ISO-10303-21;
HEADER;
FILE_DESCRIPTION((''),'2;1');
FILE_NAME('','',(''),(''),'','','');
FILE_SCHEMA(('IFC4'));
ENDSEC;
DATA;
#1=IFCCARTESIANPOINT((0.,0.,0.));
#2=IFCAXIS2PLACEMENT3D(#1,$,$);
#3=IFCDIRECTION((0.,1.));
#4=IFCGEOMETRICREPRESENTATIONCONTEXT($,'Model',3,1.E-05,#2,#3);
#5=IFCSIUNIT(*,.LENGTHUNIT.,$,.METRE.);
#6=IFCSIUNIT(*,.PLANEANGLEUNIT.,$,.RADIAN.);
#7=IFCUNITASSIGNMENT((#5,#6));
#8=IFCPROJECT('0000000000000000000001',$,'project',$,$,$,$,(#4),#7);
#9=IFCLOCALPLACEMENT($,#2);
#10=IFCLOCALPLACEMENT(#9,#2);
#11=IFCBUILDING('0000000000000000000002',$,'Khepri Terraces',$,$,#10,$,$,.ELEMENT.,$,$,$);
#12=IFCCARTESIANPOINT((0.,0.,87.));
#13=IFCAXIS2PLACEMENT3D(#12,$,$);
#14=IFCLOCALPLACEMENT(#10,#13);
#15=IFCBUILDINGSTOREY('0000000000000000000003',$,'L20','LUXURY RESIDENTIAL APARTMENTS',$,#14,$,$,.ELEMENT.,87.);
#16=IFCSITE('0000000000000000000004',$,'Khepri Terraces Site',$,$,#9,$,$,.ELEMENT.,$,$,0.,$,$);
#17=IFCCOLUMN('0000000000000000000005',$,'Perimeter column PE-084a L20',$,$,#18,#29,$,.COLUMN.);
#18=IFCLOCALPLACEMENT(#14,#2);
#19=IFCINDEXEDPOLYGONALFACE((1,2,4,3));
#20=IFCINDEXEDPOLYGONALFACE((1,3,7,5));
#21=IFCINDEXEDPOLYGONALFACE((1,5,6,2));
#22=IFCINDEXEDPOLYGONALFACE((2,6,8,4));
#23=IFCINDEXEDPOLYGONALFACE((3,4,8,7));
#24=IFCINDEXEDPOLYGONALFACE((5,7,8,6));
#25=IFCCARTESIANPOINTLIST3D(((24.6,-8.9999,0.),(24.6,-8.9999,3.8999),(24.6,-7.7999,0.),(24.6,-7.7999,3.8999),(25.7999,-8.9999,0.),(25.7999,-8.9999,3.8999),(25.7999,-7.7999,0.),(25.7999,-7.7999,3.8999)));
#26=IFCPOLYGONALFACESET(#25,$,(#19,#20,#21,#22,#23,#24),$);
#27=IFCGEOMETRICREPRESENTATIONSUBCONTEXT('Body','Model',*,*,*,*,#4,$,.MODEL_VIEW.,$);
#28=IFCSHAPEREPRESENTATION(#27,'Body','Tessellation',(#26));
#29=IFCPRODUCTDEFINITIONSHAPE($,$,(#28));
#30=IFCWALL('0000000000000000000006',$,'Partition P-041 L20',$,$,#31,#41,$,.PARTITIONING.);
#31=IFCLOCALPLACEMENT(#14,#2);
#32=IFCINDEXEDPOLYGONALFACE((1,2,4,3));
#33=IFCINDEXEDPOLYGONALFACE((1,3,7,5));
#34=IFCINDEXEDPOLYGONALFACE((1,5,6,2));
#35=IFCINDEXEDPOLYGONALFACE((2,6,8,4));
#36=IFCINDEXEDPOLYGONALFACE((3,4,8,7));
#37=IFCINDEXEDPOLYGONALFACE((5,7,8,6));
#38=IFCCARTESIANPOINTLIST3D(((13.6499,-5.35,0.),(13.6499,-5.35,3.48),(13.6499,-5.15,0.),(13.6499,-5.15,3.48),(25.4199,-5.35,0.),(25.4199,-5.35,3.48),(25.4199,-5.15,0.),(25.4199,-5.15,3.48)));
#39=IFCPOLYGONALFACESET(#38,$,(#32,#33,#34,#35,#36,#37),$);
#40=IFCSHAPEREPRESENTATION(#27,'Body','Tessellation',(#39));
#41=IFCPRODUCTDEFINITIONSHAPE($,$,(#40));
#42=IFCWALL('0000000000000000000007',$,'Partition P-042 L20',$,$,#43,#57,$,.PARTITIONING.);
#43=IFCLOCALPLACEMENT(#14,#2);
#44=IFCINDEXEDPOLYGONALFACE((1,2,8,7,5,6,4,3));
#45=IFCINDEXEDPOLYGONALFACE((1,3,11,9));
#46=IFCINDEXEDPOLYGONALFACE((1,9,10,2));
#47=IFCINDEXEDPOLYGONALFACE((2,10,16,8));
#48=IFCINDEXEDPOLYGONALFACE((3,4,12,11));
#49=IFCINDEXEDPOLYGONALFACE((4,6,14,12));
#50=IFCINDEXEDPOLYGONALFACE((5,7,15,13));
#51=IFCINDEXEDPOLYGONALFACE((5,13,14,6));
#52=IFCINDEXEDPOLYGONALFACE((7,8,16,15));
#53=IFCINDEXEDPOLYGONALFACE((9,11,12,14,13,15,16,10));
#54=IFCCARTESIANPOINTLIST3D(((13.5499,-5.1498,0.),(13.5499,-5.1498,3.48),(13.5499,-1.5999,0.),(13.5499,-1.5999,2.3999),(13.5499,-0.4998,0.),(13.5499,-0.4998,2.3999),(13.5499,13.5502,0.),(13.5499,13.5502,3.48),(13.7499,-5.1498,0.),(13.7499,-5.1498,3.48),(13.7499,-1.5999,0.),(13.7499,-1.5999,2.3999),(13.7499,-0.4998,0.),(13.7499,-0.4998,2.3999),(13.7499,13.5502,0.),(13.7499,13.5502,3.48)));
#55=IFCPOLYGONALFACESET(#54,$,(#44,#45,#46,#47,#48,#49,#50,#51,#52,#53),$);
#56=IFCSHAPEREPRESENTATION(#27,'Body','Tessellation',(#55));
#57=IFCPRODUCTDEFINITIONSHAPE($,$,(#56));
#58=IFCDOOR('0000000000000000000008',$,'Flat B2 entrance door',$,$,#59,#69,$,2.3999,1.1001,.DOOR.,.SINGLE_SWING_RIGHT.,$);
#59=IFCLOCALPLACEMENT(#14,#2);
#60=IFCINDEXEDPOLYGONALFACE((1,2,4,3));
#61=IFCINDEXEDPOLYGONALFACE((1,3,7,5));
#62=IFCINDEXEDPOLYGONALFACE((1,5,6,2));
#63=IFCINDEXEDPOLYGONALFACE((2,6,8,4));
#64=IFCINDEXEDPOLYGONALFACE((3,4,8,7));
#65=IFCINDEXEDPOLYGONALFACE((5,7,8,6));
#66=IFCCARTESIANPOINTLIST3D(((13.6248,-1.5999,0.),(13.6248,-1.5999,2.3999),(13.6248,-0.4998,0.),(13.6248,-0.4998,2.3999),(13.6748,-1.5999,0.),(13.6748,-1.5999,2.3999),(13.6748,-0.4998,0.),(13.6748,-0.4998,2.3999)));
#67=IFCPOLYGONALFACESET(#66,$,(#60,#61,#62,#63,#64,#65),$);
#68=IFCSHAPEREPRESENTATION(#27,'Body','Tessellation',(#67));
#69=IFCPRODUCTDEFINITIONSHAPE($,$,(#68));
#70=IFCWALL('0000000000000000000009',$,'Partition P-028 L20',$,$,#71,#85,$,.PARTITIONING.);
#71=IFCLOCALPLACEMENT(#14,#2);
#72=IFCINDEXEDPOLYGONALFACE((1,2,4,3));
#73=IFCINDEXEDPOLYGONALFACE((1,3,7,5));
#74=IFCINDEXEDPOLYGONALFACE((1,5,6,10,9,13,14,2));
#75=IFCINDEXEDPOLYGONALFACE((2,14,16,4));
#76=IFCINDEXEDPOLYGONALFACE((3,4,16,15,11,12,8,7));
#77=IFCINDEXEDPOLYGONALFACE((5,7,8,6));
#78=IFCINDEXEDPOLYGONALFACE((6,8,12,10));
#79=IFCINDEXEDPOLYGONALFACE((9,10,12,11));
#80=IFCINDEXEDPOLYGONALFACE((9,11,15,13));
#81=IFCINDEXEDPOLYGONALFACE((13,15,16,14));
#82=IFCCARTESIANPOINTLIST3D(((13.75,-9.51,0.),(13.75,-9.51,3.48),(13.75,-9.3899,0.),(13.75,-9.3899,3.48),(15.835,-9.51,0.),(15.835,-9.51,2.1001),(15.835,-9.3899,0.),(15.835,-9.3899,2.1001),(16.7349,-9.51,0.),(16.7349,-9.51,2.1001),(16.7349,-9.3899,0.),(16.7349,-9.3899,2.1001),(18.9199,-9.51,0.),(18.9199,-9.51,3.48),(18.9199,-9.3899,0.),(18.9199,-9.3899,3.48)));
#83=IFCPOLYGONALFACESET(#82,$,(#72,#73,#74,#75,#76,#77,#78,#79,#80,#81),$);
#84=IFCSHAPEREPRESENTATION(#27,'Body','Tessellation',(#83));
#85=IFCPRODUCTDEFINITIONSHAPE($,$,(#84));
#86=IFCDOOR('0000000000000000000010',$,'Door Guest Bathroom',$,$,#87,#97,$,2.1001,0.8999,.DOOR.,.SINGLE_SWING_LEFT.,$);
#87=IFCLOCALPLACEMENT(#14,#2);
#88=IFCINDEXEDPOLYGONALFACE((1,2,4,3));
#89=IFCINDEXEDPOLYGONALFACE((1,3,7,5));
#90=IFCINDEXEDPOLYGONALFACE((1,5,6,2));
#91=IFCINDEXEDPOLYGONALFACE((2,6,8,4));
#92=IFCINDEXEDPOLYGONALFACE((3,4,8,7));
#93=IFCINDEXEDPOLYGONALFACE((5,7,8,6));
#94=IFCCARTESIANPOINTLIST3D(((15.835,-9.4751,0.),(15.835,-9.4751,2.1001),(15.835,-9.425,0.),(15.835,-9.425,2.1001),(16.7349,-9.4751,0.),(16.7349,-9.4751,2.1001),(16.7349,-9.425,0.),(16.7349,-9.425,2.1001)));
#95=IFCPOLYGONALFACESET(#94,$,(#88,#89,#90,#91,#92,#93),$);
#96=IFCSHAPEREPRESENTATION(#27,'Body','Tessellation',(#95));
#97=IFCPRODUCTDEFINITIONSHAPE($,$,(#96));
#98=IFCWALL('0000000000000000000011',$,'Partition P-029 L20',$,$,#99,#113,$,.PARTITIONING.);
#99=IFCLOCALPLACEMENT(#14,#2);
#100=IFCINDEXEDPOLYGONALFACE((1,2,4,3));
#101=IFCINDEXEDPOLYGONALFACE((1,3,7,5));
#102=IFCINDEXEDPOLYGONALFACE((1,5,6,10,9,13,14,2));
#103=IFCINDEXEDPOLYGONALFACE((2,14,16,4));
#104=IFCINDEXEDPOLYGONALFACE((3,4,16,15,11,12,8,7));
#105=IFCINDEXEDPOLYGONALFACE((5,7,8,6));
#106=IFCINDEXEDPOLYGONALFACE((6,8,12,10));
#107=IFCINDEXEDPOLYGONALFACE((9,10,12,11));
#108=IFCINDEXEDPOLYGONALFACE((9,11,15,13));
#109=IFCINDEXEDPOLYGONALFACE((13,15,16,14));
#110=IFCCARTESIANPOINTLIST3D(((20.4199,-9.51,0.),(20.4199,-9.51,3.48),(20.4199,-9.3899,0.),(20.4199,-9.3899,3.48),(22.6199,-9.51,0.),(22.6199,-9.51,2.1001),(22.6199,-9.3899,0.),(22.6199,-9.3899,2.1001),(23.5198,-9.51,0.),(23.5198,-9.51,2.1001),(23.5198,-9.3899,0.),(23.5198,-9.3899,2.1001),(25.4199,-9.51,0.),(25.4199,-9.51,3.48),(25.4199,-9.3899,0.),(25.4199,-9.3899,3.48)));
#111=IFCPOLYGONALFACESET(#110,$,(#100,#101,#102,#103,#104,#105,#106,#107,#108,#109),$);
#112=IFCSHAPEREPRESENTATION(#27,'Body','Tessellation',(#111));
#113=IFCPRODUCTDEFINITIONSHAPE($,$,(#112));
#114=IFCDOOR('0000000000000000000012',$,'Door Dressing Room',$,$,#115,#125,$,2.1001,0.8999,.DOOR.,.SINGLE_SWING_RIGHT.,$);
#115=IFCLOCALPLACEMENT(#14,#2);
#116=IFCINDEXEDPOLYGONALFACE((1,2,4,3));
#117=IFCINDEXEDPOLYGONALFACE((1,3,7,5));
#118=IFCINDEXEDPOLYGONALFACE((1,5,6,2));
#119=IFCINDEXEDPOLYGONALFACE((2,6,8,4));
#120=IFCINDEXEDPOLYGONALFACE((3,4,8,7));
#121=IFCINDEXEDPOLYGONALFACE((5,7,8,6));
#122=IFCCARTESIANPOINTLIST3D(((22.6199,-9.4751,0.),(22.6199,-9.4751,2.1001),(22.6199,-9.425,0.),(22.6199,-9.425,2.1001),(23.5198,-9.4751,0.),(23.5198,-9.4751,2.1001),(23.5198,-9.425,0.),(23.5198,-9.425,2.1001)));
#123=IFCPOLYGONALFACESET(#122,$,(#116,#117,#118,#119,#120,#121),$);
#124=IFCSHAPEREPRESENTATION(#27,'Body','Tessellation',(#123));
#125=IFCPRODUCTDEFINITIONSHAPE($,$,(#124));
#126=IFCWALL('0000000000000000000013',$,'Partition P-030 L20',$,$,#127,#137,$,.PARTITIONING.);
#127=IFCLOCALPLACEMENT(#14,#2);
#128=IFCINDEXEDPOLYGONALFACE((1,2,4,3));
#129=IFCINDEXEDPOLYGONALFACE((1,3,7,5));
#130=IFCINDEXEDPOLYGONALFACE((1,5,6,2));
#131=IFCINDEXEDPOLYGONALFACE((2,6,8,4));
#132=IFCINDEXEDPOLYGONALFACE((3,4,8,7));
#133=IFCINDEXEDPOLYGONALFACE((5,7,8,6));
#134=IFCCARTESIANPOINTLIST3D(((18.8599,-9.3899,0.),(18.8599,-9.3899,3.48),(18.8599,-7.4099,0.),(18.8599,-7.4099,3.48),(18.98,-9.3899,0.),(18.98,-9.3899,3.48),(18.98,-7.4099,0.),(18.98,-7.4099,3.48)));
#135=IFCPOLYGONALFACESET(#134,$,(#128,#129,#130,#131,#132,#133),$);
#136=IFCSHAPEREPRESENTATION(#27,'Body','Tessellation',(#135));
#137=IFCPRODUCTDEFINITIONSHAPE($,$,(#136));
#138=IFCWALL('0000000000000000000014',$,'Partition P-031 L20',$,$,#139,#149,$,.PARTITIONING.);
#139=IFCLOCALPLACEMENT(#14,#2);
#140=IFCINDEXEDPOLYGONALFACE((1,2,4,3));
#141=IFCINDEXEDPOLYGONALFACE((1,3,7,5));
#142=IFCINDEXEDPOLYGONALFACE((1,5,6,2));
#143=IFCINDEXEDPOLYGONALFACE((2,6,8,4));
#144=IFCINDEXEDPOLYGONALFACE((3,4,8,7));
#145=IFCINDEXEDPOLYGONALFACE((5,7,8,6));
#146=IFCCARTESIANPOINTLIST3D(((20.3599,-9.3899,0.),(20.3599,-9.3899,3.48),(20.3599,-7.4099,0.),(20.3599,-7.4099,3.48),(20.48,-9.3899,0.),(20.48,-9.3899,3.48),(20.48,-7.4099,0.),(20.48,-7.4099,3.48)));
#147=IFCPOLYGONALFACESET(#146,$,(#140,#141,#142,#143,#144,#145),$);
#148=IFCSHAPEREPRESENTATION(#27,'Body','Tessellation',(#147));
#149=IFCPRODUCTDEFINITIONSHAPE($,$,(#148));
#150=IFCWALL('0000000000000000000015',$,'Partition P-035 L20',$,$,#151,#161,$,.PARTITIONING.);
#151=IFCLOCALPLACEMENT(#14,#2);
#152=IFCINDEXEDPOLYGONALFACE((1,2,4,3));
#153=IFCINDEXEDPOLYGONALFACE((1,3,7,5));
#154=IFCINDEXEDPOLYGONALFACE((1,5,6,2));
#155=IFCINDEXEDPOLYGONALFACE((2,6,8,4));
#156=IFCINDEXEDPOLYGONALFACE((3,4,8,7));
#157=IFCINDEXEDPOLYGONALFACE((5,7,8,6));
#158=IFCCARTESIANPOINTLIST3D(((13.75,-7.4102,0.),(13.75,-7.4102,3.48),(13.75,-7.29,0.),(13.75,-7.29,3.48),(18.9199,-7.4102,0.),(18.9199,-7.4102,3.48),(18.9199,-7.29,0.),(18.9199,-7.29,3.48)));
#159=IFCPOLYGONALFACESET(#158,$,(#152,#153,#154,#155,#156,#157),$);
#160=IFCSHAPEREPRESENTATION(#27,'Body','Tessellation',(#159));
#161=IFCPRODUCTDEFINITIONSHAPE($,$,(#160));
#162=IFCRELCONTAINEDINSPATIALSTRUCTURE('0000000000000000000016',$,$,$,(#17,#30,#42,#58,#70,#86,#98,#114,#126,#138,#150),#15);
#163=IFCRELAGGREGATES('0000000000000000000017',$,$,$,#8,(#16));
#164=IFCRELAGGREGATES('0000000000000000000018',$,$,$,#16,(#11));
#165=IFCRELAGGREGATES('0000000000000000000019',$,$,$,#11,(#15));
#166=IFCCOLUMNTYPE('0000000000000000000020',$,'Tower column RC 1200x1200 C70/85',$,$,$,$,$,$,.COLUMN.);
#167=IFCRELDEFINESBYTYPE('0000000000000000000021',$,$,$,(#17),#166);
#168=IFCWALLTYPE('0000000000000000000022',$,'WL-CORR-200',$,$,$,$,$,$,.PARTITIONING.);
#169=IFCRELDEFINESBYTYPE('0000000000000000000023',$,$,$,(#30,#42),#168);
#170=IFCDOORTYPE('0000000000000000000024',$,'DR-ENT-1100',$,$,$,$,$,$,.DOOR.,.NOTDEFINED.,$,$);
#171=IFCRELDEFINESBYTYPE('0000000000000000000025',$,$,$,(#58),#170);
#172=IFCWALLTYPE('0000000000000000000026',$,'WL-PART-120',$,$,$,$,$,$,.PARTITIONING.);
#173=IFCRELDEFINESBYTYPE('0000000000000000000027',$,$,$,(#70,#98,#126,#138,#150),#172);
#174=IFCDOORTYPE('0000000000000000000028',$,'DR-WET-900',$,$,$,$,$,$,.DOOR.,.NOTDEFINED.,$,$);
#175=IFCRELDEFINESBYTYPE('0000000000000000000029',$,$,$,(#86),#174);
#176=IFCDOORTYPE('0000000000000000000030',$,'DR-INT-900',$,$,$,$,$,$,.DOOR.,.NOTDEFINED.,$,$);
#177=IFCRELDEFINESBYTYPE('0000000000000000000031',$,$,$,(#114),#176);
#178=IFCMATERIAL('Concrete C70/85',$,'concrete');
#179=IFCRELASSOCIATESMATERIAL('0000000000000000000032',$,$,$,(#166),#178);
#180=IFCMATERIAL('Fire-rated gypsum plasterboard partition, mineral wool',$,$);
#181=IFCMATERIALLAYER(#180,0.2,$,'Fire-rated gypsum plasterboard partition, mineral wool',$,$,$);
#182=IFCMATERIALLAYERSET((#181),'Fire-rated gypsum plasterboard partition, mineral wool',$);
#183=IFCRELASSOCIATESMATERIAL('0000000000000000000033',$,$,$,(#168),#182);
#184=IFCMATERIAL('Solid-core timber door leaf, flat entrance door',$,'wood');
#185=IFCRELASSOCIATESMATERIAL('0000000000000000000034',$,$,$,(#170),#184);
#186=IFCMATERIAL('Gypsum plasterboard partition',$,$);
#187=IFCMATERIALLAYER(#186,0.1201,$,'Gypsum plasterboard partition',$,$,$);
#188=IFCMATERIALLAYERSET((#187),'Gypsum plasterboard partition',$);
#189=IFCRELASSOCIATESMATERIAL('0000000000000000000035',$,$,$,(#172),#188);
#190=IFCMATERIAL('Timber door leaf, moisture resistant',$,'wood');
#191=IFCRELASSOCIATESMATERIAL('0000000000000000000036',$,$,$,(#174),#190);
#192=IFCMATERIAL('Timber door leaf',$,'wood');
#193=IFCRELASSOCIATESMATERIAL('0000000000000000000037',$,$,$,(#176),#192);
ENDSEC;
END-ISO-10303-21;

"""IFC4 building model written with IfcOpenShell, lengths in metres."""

from ifc_helpers import new_model, si_unit, direction, frame, frame_2d, origin, origin_2d, place, context, subcontext, project, spatial, rectangle, extrude, material, layer, layer_set, material_profile, profile_set, type_object, element, fill, save


model = new_model("IFC4")

# Units and contexts
model_context = context("Model", 3, precision=1e-05, world=origin(), true_north=direction((0.0, 1.0)))
body_context = subcontext(model_context, "Body", "Model", "MODEL_VIEW")
ifc_project = project(units=[si_unit("LENGTHUNIT", "METRE"), si_unit("PLANEANGLEUNIT", "RADIAN")], contexts=[model_context])

# Site, building, storey
site_placement = place(None, origin())
site = spatial("IfcSite", under=ifc_project, at=site_placement, Name="Khepri Terraces Site", CompositionType="ELEMENT", RefElevation=0.0)
building_placement = place(site_placement, origin())
building = spatial("IfcBuilding", under=site, at=building_placement, Name="Khepri Terraces", CompositionType="ELEMENT")
storey_placement = place(building_placement, frame((0.0, 0.0, 87.0)))
storey = spatial("IfcBuildingStorey", under=building, at=storey_placement, Name="L20", Description="LUXURY RESIDENTIAL APARTMENTS", CompositionType="ELEMENT", Elevation=87.0)

# Column
ifc_material_1 = material(Name="Concrete C70/85", Category="concrete")
ifc_material_profile = material_profile(ifc_material_1, rectangle(XDim=1.2, YDim=1.2, at=origin_2d()), Name="Concrete C70/85", Category="concrete")
ifc_profile_set = profile_set([ifc_material_profile], Name="Concrete C70/85")
column_type = type_object("IfcColumnType", Name="Tower column RC 1200x1200 C70/85", PredefinedType="COLUMN", material=ifc_profile_set)
column_placement = place(storey_placement, frame((25.2, -8.3999, 0.0), z_axis=(0.0, 0.0, 1.0), x_axis=(1.0, 0.0, 0.0)))
element("IfcColumn", 1, at=column_placement, inside=storey, type_object=column_type, Name="Perimeter column PE-084a L20", PredefinedType="COLUMN", context=body_context, shape_type="SweptSolid", body=[
    extrude(rectangle(XDim=1.2, YDim=1.2, at=origin_2d()), origin(), (0.0, 0.0, 1.0), 3.8999),
])

# Wall
ifc_material_2 = material(Name="Fire-rated gypsum plasterboard partition, mineral wool")
ifc_layer_1 = layer(ifc_material_2, 0.2, Name="Fire-rated gypsum plasterboard partition, mineral wool")
ifc_layer_set_1 = layer_set([ifc_layer_1], Name="Fire-rated gypsum plasterboard partition, mineral wool")
wall_type_1 = type_object("IfcWallType", Name="WL-CORR-200", PredefinedType="PARTITIONING", material=ifc_layer_set_1)
wall_1_placement = place(storey_placement, frame((13.6499, -5.25, 0.0), z_axis=(0.0, 0.0, 1.0), x_axis=(1.0, 0.0, 0.0)))
element("IfcWall", 2, at=wall_1_placement, inside=storey, type_object=wall_type_1, Name="Partition P-041 L20", PredefinedType="PARTITIONING", context=body_context, shape_type="SweptSolid", body=[
    extrude(rectangle(XDim=11.77, YDim=0.2, at=frame_2d((5.885, 0.0))), origin(), (0.0, 0.0, 1.0), 3.48),
])

# Wall, opening, door
wall_2_placement = place(storey_placement, frame((13.6499, -5.1499, 0.0), z_axis=(0.0, 0.0, 1.0), x_axis=(0.0, 1.0, 0.0)))
wall_2 = element("IfcWall", 3, at=wall_2_placement, inside=storey, type_object=wall_type_1, Name="Partition P-042 L20", PredefinedType="PARTITIONING", context=body_context, shape_type="SweptSolid", body=[
    extrude(rectangle(XDim=18.7, YDim=0.2, at=frame_2d((9.3501, 0.0))), origin(), (0.0, 0.0, 1.0), 3.48),
])
opening_1_placement = place(wall_2_placement, frame((3.55, 0.0, 0.0)))
opening_1 = element("IfcOpeningElement", 4, at=opening_1_placement, cuts=wall_2, PredefinedType="OPENING", context=body_context, shape_type="SweptSolid", body=[
    extrude(rectangle(XDim=1.1001, YDim=2.3999, at=frame_2d((0.55, 1.2))), frame((0.0, 0.1099, 0.0), z_axis=(0.0, -1.0, 0.0), x_axis=(1.0, 0.0, 0.0)), (0.0, 0.0, 1.0), 0.22),
])
ifc_material_3 = material(Name="Solid-core timber door leaf, flat entrance door", Category="wood")
door_type_1 = type_object("IfcDoorType", Name="DR-ENT-1100", OperationType="NOTDEFINED", PredefinedType="DOOR", material=ifc_material_3)
door_1_placement = place(opening_1_placement, frame((1.1001, 0.0, 0.0), z_axis=(0.0, 0.0, 1.0), x_axis=(-1.0, 0.0, 0.0)))
door_1 = element("IfcDoor", 5, at=door_1_placement, inside=storey, type_object=door_type_1, Name="Flat B2 entrance door", OperationType="SINGLE_SWING_RIGHT", OverallHeight=2.3999, OverallWidth=1.1001, PredefinedType="DOOR", context=body_context, shape_type="SweptSolid", body=[
    extrude(rectangle(XDim=1.1001, YDim=2.3999, at=frame_2d((0.55, 1.2))), frame((0.0, 0.0249, 0.0), z_axis=(0.0, -1.0, 0.0), x_axis=(1.0, 0.0, 0.0)), (0.0, 0.0, 1.0), 0.05),
])
fill(opening_1, door_1)

# Walls, openings, doors
ifc_material_4 = material(Name="Gypsum plasterboard partition")
ifc_layer_2 = layer(ifc_material_4, 0.1201, Name="Gypsum plasterboard partition")
ifc_layer_set_2 = layer_set([ifc_layer_2], Name="Gypsum plasterboard partition")
wall_type_2 = type_object("IfcWallType", Name="WL-PART-120", PredefinedType="PARTITIONING", material=ifc_layer_set_2)
wall_3_placement = place(storey_placement, frame((13.75, -9.45, 0.0), z_axis=(0.0, 0.0, 1.0), x_axis=(1.0, 0.0, 0.0)))
wall_3 = element("IfcWall", 6, at=wall_3_placement, inside=storey, type_object=wall_type_2, Name="Partition P-028 L20", PredefinedType="PARTITIONING", context=body_context, shape_type="SweptSolid", body=[
    extrude(rectangle(XDim=5.1699, YDim=0.1201, at=frame_2d((2.585, 0.0))), origin(), (0.0, 0.0, 1.0), 3.48),
])
opening_2_placement = place(wall_3_placement, frame((2.085, 0.0, 0.0)))
opening_2 = element("IfcOpeningElement", 7, at=opening_2_placement, cuts=wall_3, PredefinedType="OPENING", context=body_context, shape_type="SweptSolid", body=[
    extrude(rectangle(XDim=0.8999, YDim=2.1001, at=frame_2d((0.45, 1.05))), frame((0.0, 0.0701, 0.0), z_axis=(0.0, -1.0, 0.0), x_axis=(1.0, 0.0, 0.0)), (0.0, 0.0, 1.0), 0.1401),
])
ifc_material_5 = material(Name="Timber door leaf, moisture resistant", Category="wood")
door_type_2 = type_object("IfcDoorType", Name="DR-WET-900", OperationType="NOTDEFINED", PredefinedType="DOOR", material=ifc_material_5)
door_2_placement = place(opening_2_placement, origin())
door_2 = element("IfcDoor", 8, at=door_2_placement, inside=storey, type_object=door_type_2, Name="Door Guest Bathroom", OperationType="SINGLE_SWING_LEFT", OverallHeight=2.1001, OverallWidth=0.8999, PredefinedType="DOOR", context=body_context, shape_type="SweptSolid", body=[
    extrude(rectangle(XDim=0.8999, YDim=2.1001, at=frame_2d((0.45, 1.05))), frame((0.0, 0.0249, 0.0), z_axis=(0.0, -1.0, 0.0), x_axis=(1.0, 0.0, 0.0)), (0.0, 0.0, 1.0), 0.05),
])
fill(opening_2, door_2)
wall_4_placement = place(storey_placement, frame((20.4199, -9.45, 0.0), z_axis=(0.0, 0.0, 1.0), x_axis=(1.0, 0.0, 0.0)))
wall_4 = element("IfcWall", 9, at=wall_4_placement, inside=storey, type_object=wall_type_2, Name="Partition P-029 L20", PredefinedType="PARTITIONING", context=body_context, shape_type="SweptSolid", body=[
    extrude(rectangle(XDim=5.0, YDim=0.1201, at=frame_2d((2.5, 0.0))), origin(), (0.0, 0.0, 1.0), 3.48),
])
opening_3_placement = place(wall_4_placement, frame((2.2, 0.0, 0.0)))
opening_3 = element("IfcOpeningElement", 10, at=opening_3_placement, cuts=wall_4, PredefinedType="OPENING", context=body_context, shape_type="SweptSolid", body=[
    extrude(rectangle(XDim=0.8999, YDim=2.1001, at=frame_2d((0.45, 1.05))), frame((0.0, 0.0701, 0.0), z_axis=(0.0, -1.0, 0.0), x_axis=(1.0, 0.0, 0.0)), (0.0, 0.0, 1.0), 0.1401),
])
ifc_material_6 = material(Name="Timber door leaf", Category="wood")
door_type_3 = type_object("IfcDoorType", Name="DR-INT-900", OperationType="NOTDEFINED", PredefinedType="DOOR", material=ifc_material_6)
door_3_placement = place(opening_3_placement, origin())
door_3 = element("IfcDoor", 11, at=door_3_placement, inside=storey, type_object=door_type_3, Name="Door Dressing Room", OperationType="SINGLE_SWING_RIGHT", OverallHeight=2.1001, OverallWidth=0.8999, PredefinedType="DOOR", context=body_context, shape_type="SweptSolid", body=[
    extrude(rectangle(XDim=0.8999, YDim=2.1001, at=frame_2d((0.45, 1.05))), frame((0.0, 0.0249, 0.0), z_axis=(0.0, -1.0, 0.0), x_axis=(1.0, 0.0, 0.0)), (0.0, 0.0, 1.0), 0.05),
])
fill(opening_3, door_3)

# Walls
for number, where, z_axis, x_axis, name in (
    (12, (18.9199, -9.3899, 0.0), (0.0, 0.0, 1.0), (0.0, 1.0, 0.0), "Partition P-030 L20"),
    (13, (20.4199, -9.3899, 0.0), (0.0, 0.0, 1.0), (0.0, 1.0, 0.0), "Partition P-031 L20"),
):
    element("IfcWall", number, at=place(storey_placement, frame(where, z_axis=z_axis, x_axis=x_axis)), inside=storey, type_object=wall_type_2, Name=name, PredefinedType="PARTITIONING", context=body_context, shape_type="SweptSolid", body=[
        extrude(rectangle(XDim=1.98, YDim=0.1201, at=frame_2d((0.99, 0.0))), origin(), (0.0, 0.0, 1.0), 3.48),
    ])
wall_5_placement = place(storey_placement, frame((13.75, -7.3501, 0.0), z_axis=(0.0, 0.0, 1.0), x_axis=(1.0, 0.0, 0.0)))
element("IfcWall", 14, at=wall_5_placement, inside=storey, type_object=wall_type_2, Name="Partition P-035 L20", PredefinedType="PARTITIONING", context=body_context, shape_type="SweptSolid", body=[
    extrude(rectangle(XDim=5.1699, YDim=0.1201, at=frame_2d((2.585, 0.0))), origin(), (0.0, 0.0, 1.0), 3.48),
])

save(model, "model.ifc")
